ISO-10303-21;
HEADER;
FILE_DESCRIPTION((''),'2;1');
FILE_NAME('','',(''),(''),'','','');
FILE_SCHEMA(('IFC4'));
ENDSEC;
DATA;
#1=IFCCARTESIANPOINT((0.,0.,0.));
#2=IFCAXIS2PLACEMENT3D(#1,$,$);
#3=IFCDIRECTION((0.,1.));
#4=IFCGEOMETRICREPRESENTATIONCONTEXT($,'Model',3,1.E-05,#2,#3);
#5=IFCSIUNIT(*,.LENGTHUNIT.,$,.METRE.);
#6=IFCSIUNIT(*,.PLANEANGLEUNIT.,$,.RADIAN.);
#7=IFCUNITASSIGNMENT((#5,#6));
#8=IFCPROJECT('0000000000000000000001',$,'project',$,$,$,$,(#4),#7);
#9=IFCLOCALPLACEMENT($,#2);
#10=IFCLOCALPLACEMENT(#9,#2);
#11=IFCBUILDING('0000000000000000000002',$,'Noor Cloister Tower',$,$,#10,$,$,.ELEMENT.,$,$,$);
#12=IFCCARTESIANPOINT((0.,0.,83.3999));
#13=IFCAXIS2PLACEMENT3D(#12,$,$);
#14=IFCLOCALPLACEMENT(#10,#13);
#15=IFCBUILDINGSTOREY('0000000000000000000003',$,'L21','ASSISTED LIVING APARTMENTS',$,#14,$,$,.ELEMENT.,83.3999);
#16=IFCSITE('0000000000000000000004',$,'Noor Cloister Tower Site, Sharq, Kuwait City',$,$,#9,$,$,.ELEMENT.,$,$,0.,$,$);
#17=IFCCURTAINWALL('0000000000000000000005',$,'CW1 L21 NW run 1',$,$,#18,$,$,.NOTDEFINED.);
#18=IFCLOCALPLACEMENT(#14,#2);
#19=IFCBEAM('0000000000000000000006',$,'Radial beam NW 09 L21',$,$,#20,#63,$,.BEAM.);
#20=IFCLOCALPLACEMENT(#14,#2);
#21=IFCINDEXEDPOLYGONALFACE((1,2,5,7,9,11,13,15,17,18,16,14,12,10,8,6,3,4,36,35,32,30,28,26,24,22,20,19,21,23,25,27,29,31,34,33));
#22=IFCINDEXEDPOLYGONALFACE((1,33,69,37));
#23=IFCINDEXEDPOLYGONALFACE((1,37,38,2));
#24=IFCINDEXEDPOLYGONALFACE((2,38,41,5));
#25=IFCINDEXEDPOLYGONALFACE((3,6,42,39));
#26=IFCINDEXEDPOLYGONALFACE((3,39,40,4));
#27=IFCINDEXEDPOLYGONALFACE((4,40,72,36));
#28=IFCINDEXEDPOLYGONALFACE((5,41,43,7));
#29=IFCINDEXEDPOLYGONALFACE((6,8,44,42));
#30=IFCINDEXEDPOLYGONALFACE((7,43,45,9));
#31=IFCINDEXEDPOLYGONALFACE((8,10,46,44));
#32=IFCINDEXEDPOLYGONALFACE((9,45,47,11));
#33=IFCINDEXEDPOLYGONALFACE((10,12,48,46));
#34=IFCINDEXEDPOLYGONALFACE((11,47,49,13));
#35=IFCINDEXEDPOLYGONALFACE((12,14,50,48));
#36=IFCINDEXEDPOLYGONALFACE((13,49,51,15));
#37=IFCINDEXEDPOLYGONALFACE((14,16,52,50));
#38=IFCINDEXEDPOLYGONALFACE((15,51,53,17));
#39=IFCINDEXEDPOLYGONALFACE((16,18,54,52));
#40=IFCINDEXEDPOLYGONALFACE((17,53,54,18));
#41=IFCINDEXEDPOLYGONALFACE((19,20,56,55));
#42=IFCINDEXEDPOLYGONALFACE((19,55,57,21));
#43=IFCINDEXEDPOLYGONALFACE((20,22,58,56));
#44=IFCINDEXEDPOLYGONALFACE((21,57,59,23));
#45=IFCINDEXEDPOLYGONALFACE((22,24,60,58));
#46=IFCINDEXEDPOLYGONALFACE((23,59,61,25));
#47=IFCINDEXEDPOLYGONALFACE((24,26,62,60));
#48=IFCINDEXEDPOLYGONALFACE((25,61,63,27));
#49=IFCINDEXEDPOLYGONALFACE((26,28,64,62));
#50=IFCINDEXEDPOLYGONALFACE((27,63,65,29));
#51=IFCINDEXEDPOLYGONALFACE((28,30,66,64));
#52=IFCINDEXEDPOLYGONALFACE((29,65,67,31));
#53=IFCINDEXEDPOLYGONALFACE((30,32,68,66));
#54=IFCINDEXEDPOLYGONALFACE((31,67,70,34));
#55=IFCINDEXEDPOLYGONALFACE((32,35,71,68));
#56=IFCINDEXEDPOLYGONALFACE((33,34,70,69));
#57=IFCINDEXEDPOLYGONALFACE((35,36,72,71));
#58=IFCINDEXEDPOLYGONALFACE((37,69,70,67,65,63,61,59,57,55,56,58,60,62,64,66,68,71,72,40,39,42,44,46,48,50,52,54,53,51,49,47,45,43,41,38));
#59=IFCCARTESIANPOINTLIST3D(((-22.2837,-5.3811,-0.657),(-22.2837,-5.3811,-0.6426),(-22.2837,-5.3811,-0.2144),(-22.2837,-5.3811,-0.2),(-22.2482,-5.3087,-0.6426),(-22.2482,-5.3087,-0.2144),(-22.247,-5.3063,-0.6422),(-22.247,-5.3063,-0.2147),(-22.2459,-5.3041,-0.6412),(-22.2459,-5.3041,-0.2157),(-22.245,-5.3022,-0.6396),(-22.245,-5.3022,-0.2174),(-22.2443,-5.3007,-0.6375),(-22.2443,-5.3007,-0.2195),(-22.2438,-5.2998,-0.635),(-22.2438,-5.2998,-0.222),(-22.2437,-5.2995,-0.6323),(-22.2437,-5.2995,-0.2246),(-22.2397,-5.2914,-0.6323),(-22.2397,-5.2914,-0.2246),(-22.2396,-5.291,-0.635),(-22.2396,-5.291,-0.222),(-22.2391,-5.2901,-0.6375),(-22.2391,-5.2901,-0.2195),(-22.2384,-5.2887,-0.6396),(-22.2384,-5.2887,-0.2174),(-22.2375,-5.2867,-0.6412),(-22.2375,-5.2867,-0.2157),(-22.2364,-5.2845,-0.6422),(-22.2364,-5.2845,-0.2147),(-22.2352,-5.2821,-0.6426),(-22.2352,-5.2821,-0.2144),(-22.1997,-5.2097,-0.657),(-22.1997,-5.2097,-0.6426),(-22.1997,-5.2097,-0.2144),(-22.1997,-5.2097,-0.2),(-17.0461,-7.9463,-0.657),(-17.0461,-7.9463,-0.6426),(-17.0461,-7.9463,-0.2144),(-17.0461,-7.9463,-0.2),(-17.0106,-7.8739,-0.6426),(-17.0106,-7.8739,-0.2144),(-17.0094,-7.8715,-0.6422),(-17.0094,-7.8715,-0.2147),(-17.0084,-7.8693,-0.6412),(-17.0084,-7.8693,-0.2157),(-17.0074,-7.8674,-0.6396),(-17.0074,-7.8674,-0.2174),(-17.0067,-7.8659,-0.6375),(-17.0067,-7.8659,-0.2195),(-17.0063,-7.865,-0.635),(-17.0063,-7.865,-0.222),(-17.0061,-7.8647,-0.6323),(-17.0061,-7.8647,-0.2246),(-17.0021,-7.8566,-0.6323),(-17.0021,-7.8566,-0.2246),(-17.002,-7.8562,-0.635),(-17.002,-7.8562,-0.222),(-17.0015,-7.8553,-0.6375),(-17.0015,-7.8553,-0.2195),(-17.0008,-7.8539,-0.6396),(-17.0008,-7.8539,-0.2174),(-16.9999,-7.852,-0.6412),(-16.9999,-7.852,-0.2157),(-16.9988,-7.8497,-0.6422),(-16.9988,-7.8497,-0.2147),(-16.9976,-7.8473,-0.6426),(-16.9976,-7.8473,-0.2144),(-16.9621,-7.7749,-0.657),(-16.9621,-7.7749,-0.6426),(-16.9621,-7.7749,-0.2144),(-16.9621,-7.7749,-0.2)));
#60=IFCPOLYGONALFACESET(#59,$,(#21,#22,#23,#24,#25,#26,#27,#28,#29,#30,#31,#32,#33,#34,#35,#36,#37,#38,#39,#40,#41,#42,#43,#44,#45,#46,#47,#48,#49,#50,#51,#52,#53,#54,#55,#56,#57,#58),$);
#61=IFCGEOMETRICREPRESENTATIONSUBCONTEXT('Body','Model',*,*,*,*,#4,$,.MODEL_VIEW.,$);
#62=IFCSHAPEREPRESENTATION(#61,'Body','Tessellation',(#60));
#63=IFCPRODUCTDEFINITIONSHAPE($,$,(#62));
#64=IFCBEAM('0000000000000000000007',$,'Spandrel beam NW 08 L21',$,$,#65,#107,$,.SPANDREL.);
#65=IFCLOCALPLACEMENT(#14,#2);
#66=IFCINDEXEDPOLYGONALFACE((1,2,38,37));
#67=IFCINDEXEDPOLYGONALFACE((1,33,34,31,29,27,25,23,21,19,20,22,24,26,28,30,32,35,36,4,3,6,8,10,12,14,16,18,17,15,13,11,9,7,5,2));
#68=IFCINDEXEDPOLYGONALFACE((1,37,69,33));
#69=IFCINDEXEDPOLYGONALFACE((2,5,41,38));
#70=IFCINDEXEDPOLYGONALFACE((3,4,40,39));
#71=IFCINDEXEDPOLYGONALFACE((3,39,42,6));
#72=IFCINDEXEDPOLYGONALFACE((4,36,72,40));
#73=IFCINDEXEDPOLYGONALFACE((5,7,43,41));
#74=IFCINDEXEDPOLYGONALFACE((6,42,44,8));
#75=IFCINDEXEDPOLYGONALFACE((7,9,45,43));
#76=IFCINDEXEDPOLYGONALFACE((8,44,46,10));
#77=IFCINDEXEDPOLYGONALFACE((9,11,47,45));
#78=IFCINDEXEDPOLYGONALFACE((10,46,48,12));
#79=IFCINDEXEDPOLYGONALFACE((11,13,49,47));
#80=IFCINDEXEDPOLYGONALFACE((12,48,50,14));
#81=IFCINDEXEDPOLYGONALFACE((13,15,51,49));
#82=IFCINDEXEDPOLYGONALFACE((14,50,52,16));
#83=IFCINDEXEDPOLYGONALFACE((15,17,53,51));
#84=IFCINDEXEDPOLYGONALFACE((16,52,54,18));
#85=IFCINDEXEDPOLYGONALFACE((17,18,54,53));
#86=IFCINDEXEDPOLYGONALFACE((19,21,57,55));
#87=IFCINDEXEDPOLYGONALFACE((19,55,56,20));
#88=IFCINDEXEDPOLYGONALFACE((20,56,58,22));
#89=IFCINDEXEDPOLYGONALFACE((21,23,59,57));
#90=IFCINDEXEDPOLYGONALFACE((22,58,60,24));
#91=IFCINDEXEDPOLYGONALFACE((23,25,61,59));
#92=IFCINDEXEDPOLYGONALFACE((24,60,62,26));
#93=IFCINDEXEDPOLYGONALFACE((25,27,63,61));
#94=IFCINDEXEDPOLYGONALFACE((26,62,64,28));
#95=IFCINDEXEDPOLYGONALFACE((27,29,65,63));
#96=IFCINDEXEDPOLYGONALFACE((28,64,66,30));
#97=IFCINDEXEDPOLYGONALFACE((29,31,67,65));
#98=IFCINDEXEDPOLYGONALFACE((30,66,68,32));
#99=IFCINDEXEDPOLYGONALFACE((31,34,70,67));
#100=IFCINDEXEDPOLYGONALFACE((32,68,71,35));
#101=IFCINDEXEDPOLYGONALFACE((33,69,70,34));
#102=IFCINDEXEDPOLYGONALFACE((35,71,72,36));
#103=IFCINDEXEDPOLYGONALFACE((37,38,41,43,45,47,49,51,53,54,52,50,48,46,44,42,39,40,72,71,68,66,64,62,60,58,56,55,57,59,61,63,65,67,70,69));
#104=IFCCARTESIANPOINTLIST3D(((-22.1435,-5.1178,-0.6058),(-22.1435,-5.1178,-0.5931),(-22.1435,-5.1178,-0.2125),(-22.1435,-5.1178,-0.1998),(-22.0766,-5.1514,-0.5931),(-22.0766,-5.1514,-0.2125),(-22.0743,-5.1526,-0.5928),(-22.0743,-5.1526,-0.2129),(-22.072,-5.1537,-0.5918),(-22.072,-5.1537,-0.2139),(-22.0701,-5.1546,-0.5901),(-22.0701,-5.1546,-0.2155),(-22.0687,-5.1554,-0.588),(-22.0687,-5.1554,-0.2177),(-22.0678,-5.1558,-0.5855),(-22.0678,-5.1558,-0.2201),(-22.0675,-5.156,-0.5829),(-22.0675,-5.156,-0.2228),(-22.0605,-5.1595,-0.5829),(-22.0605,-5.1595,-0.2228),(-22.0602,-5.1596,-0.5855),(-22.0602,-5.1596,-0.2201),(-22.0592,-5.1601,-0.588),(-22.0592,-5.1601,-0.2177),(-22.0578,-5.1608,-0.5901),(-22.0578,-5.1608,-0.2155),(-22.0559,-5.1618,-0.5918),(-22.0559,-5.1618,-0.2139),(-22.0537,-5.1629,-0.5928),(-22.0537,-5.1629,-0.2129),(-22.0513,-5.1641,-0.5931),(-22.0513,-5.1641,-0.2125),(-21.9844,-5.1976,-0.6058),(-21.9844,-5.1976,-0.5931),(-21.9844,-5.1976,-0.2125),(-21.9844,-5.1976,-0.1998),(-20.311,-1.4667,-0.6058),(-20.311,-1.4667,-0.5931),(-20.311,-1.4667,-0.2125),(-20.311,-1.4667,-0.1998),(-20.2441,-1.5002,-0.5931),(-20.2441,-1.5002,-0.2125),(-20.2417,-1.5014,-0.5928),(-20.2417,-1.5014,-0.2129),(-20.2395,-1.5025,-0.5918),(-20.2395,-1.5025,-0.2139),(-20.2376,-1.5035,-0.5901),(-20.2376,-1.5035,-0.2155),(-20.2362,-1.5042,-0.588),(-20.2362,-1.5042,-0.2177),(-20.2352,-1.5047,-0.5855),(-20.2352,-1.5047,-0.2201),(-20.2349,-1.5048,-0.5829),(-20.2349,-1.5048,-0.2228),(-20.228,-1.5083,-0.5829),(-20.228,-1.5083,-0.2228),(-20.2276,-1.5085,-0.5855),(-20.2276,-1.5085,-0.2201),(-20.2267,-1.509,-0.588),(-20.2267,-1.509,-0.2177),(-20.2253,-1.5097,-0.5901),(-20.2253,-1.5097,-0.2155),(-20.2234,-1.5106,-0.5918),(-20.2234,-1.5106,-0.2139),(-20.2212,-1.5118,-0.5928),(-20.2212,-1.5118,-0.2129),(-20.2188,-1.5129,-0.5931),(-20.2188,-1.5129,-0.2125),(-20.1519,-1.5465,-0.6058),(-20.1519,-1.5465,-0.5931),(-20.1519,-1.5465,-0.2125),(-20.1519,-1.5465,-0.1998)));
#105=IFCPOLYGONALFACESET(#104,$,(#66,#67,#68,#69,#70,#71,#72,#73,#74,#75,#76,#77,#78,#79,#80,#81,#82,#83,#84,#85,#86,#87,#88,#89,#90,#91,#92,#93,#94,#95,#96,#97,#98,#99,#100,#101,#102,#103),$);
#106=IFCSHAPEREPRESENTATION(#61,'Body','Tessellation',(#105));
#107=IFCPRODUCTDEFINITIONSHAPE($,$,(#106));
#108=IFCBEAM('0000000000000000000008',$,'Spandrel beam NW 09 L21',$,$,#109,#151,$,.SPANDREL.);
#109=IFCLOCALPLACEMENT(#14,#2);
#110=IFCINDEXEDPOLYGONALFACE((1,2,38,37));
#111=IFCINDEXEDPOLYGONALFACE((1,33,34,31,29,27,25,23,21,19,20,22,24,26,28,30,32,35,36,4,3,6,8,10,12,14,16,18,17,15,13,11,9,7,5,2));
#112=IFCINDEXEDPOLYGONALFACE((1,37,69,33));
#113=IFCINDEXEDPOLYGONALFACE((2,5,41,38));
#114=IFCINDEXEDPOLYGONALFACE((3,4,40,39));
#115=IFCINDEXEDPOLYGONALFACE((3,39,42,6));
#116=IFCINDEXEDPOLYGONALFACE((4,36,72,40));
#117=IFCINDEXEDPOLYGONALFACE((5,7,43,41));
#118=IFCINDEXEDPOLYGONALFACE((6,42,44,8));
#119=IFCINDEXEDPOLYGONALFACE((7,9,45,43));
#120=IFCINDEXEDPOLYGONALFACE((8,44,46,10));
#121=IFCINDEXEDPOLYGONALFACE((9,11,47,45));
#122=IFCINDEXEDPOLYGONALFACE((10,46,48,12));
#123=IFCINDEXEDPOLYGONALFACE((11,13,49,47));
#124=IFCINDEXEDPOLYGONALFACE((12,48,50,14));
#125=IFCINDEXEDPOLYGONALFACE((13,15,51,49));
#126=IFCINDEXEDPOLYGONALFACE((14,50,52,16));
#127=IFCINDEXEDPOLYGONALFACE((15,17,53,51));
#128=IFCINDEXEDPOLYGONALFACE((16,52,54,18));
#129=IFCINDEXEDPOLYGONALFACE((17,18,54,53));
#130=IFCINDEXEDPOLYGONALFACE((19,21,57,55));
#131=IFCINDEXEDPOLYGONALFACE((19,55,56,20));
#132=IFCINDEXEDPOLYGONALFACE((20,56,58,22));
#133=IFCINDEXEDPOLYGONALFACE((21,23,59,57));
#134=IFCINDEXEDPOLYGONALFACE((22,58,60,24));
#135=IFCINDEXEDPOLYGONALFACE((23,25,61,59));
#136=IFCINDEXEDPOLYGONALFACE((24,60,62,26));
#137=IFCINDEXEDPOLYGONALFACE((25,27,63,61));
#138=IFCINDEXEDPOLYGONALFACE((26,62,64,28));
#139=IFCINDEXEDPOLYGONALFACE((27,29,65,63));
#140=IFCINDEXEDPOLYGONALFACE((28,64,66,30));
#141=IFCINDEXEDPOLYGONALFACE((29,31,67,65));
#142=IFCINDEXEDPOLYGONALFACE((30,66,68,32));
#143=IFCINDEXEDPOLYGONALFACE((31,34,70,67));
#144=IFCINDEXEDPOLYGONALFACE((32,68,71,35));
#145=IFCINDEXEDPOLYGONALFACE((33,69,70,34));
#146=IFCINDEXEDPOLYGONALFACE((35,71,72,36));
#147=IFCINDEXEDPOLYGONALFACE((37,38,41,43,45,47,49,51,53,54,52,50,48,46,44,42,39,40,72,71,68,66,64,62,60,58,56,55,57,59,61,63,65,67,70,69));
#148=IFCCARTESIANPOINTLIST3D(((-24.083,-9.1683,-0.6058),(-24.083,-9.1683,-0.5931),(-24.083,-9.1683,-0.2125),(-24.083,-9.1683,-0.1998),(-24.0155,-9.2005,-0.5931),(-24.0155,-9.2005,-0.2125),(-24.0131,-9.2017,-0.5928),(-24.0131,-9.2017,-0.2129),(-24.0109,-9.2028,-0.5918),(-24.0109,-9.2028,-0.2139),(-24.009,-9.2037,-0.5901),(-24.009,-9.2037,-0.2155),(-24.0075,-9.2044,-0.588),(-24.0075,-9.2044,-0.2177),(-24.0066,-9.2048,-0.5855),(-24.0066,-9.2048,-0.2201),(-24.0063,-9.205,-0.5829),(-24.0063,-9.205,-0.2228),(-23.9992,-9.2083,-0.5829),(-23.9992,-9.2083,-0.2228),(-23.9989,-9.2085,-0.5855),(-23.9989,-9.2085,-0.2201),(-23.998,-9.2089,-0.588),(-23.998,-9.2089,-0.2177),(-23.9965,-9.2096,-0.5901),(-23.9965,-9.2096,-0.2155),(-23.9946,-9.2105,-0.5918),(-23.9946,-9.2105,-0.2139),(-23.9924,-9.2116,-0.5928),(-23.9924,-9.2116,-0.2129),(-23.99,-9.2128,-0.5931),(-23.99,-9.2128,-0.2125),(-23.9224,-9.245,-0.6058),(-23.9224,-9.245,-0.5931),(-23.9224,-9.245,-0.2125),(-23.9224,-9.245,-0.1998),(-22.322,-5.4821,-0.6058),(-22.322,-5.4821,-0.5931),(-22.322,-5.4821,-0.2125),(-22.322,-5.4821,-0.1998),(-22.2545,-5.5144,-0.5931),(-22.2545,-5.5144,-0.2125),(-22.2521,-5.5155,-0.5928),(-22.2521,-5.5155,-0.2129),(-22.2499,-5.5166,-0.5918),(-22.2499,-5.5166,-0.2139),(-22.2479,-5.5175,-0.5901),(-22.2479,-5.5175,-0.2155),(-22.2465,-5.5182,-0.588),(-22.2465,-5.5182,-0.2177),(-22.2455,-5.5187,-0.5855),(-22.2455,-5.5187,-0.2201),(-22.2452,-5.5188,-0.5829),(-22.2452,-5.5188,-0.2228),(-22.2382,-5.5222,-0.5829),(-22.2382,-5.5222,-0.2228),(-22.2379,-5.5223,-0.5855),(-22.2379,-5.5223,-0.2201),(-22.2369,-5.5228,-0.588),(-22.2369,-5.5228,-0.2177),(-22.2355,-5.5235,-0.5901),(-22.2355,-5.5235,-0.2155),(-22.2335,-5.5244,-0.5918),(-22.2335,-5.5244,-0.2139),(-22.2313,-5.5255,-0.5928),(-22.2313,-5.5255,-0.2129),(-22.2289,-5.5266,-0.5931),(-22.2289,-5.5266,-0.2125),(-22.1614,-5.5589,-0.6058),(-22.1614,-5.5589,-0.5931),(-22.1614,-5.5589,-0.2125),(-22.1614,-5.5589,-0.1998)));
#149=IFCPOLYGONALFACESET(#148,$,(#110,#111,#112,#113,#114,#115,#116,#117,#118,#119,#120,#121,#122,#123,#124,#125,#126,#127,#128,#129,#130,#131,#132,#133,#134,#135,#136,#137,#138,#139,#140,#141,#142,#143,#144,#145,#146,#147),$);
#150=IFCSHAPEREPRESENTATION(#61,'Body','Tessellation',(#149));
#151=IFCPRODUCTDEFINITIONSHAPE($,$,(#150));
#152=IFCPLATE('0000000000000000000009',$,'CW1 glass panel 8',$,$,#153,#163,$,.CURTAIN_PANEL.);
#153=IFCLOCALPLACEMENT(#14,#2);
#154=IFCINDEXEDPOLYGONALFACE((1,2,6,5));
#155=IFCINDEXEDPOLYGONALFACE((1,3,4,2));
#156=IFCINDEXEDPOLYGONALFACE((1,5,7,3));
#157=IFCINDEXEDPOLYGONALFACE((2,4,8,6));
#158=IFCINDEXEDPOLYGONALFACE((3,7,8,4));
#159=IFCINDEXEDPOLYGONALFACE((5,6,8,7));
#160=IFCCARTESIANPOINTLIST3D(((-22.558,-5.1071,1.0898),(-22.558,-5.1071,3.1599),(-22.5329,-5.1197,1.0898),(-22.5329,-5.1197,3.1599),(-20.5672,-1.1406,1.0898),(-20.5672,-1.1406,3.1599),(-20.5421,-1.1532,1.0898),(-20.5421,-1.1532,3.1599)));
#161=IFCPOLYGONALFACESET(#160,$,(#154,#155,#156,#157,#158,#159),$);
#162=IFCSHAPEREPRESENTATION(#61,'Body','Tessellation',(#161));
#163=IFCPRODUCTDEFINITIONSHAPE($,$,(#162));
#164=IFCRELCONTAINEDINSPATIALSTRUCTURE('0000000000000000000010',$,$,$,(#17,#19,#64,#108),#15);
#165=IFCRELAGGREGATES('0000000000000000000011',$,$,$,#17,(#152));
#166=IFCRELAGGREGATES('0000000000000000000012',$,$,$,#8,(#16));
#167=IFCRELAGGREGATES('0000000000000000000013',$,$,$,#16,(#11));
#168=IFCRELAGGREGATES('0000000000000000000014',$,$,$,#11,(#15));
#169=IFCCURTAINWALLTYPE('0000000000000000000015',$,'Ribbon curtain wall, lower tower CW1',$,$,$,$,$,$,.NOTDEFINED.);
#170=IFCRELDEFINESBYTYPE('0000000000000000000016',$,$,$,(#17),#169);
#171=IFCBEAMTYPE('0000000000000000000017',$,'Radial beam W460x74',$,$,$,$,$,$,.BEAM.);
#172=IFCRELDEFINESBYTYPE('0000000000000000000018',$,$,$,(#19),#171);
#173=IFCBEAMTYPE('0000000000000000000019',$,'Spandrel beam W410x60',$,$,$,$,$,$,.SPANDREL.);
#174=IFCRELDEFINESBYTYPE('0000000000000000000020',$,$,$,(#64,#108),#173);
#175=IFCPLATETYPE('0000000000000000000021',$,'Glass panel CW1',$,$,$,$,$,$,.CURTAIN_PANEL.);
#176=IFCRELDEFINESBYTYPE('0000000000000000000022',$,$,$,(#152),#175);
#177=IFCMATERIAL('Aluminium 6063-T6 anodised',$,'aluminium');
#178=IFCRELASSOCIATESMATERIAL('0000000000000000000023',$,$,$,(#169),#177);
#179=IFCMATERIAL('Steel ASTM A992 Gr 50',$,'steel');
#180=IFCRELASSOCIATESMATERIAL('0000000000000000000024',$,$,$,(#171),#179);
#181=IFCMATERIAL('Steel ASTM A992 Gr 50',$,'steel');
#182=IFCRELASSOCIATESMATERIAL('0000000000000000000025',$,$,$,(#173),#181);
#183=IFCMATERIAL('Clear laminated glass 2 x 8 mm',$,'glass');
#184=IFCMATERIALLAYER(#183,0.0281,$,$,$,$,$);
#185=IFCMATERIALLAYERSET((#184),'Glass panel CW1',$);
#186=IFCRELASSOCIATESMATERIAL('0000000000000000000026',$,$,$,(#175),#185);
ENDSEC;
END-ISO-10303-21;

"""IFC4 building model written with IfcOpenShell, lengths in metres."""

from ifc_helpers import new_model, si_unit, direction, frame, origin, origin_2d, place, context, subcontext, project, spatial, rectangle, i_section, extrude, material, layer, layer_set, material_profile, profile_set, type_object, element, aggregate, save


model = new_model("IFC4")

# Units and contexts
model_context = context("Model", 3, precision=1e-05, world=origin(), true_north=direction((0.0, 1.0)))
body_context = subcontext(model_context, "Body", "Model", "MODEL_VIEW")
ifc_project = project(units=[si_unit("LENGTHUNIT", "METRE"), si_unit("PLANEANGLEUNIT", "RADIAN")], contexts=[model_context])

# Site, building, storey
site_placement = place(None, origin())
site = spatial("IfcSite", under=ifc_project, at=site_placement, Name="Noor Cloister Tower Site, Sharq, Kuwait City", CompositionType="ELEMENT", RefElevation=0.0)
building_placement = place(site_placement, origin())
building = spatial("IfcBuilding", under=site, at=building_placement, Name="Noor Cloister Tower", CompositionType="ELEMENT")
storey_placement = place(building_placement, frame((0.0, 0.0, 83.3999)))
storey = spatial("IfcBuildingStorey", under=building, at=storey_placement, Name="L21", Description="ASSISTED LIVING APARTMENTS", CompositionType="ELEMENT", Elevation=83.3999)

# Curtain wall
ifc_material_1 = material(Name="Aluminium 6063-T6 anodised", Category="aluminium")
curtain_wall_type = type_object("IfcCurtainWallType", Name="Ribbon curtain wall, lower tower CW1", PredefinedType="NOTDEFINED", material=ifc_material_1)
curtain_wall_placement = place(storey_placement, origin())
curtain_wall = element("IfcCurtainWall", 1, at=curtain_wall_placement, inside=storey, type_object=curtain_wall_type, Name="CW1 L21 NW run 1", PredefinedType="NOTDEFINED")

# Beams
ifc_material_2 = material(Name="Steel ASTM A992 Gr 50", Category="steel")
ifc_material_profile_1 = material_profile(ifc_material_2, i_section(OverallWidth=0.1909, OverallDepth=0.457, WebThickness=0.009, FlangeThickness=0.0144, FilletRadius=0.0103, at=origin_2d()), Name="W460x74")
ifc_profile_set_1 = profile_set([ifc_material_profile_1], Name="Steel ASTM A992 Gr 50")
beam_type_1 = type_object("IfcBeamType", Name="Radial beam W460x74", PredefinedType="BEAM", material=ifc_profile_set_1)
beam_1_placement = place(storey_placement, frame((-22.2417, -5.2954, -0.4285), z_axis=(0.898072, -0.439847, 0.0), x_axis=(0.439847, 0.898072, 0.0)))
element("IfcBeam", 2, at=beam_1_placement, inside=storey, type_object=beam_type_1, Name="Radial beam NW 09 L21", PredefinedType="BEAM", context=body_context, shape_type="SweptSolid", body=[
    extrude(i_section(OverallWidth=0.1909, OverallDepth=0.457, WebThickness=0.009, FlangeThickness=0.0144, FilletRadius=0.0103, at=origin_2d()), origin(), (0.0, 0.0, 1.0), 5.832),
])
ifc_material_3 = material(Name="Steel ASTM A992 Gr 50", Category="steel")
ifc_material_profile_2 = material_profile(ifc_material_3, i_section(OverallWidth=0.178, OverallDepth=0.406, WebThickness=0.0078, FlangeThickness=0.0127, FilletRadius=0.0103, at=origin_2d()), Name="W410x60")
ifc_profile_set_2 = profile_set([ifc_material_profile_2], Name="Steel ASTM A992 Gr 50")
beam_type_2 = type_object("IfcBeamType", Name="Spandrel beam W410x60", PredefinedType="SPANDREL", material=ifc_profile_set_2)
for number, where, z_axis, x_axis, name in (
    (3, (-20.2314, -1.5066, -0.4028), (-0.448576, -0.893745, 0.0), (0.893745, -0.448576, 0.0), "Spandrel beam NW 08 L21"),
    (4, (-22.2417, -5.5205, -0.4028), (-0.431077, -0.902315, 0.0), (0.902315, -0.431077, 0.0), "Spandrel beam NW 09 L21"),
):
    element("IfcBeam", number, at=place(storey_placement, frame(where, z_axis=z_axis, x_axis=x_axis)), inside=storey, type_object=beam_type_2, Name=name, PredefinedType="SPANDREL", context=body_context, shape_type="SweptSolid", body=[
        extrude(i_section(OverallWidth=0.178, OverallDepth=0.406, WebThickness=0.0078, FlangeThickness=0.0127, FilletRadius=0.0103, at=origin_2d()), origin(), (0.0, 0.0, 1.0), 4.0852),
    ])

# Plate
ifc_material_4 = material(Name="Clear laminated glass 2 x 8 mm", Category="glass")
ifc_layer_1 = layer(ifc_material_4, 0.0281)
ifc_layer_set_1 = layer_set([ifc_layer_1], Name="Glass panel CW1")
plate_type = type_object("IfcPlateType", Name="Glass panel CW1", PredefinedType="CURTAIN_PANEL", material=ifc_layer_set_1)
plate_placement = place(storey_placement, frame((-21.55, -3.1301, 1.0898), z_axis=(0.0, 0.0, 1.0), x_axis=(-0.448565, -0.89375, 0.0)))
plate = element("IfcPlate", 5, at=plate_placement, type_object=plate_type, Name="CW1 glass panel 8", PredefinedType="CURTAIN_PANEL", context=body_context, shape_type="SweptSolid", body=[
    extrude(rectangle(XDim=4.438, YDim=0.0281, at=origin_2d()), origin(), (0.0, 0.0, 1.0), 2.0701),
])
aggregate(curtain_wall, [plate])

save(model, "model.ifc")
